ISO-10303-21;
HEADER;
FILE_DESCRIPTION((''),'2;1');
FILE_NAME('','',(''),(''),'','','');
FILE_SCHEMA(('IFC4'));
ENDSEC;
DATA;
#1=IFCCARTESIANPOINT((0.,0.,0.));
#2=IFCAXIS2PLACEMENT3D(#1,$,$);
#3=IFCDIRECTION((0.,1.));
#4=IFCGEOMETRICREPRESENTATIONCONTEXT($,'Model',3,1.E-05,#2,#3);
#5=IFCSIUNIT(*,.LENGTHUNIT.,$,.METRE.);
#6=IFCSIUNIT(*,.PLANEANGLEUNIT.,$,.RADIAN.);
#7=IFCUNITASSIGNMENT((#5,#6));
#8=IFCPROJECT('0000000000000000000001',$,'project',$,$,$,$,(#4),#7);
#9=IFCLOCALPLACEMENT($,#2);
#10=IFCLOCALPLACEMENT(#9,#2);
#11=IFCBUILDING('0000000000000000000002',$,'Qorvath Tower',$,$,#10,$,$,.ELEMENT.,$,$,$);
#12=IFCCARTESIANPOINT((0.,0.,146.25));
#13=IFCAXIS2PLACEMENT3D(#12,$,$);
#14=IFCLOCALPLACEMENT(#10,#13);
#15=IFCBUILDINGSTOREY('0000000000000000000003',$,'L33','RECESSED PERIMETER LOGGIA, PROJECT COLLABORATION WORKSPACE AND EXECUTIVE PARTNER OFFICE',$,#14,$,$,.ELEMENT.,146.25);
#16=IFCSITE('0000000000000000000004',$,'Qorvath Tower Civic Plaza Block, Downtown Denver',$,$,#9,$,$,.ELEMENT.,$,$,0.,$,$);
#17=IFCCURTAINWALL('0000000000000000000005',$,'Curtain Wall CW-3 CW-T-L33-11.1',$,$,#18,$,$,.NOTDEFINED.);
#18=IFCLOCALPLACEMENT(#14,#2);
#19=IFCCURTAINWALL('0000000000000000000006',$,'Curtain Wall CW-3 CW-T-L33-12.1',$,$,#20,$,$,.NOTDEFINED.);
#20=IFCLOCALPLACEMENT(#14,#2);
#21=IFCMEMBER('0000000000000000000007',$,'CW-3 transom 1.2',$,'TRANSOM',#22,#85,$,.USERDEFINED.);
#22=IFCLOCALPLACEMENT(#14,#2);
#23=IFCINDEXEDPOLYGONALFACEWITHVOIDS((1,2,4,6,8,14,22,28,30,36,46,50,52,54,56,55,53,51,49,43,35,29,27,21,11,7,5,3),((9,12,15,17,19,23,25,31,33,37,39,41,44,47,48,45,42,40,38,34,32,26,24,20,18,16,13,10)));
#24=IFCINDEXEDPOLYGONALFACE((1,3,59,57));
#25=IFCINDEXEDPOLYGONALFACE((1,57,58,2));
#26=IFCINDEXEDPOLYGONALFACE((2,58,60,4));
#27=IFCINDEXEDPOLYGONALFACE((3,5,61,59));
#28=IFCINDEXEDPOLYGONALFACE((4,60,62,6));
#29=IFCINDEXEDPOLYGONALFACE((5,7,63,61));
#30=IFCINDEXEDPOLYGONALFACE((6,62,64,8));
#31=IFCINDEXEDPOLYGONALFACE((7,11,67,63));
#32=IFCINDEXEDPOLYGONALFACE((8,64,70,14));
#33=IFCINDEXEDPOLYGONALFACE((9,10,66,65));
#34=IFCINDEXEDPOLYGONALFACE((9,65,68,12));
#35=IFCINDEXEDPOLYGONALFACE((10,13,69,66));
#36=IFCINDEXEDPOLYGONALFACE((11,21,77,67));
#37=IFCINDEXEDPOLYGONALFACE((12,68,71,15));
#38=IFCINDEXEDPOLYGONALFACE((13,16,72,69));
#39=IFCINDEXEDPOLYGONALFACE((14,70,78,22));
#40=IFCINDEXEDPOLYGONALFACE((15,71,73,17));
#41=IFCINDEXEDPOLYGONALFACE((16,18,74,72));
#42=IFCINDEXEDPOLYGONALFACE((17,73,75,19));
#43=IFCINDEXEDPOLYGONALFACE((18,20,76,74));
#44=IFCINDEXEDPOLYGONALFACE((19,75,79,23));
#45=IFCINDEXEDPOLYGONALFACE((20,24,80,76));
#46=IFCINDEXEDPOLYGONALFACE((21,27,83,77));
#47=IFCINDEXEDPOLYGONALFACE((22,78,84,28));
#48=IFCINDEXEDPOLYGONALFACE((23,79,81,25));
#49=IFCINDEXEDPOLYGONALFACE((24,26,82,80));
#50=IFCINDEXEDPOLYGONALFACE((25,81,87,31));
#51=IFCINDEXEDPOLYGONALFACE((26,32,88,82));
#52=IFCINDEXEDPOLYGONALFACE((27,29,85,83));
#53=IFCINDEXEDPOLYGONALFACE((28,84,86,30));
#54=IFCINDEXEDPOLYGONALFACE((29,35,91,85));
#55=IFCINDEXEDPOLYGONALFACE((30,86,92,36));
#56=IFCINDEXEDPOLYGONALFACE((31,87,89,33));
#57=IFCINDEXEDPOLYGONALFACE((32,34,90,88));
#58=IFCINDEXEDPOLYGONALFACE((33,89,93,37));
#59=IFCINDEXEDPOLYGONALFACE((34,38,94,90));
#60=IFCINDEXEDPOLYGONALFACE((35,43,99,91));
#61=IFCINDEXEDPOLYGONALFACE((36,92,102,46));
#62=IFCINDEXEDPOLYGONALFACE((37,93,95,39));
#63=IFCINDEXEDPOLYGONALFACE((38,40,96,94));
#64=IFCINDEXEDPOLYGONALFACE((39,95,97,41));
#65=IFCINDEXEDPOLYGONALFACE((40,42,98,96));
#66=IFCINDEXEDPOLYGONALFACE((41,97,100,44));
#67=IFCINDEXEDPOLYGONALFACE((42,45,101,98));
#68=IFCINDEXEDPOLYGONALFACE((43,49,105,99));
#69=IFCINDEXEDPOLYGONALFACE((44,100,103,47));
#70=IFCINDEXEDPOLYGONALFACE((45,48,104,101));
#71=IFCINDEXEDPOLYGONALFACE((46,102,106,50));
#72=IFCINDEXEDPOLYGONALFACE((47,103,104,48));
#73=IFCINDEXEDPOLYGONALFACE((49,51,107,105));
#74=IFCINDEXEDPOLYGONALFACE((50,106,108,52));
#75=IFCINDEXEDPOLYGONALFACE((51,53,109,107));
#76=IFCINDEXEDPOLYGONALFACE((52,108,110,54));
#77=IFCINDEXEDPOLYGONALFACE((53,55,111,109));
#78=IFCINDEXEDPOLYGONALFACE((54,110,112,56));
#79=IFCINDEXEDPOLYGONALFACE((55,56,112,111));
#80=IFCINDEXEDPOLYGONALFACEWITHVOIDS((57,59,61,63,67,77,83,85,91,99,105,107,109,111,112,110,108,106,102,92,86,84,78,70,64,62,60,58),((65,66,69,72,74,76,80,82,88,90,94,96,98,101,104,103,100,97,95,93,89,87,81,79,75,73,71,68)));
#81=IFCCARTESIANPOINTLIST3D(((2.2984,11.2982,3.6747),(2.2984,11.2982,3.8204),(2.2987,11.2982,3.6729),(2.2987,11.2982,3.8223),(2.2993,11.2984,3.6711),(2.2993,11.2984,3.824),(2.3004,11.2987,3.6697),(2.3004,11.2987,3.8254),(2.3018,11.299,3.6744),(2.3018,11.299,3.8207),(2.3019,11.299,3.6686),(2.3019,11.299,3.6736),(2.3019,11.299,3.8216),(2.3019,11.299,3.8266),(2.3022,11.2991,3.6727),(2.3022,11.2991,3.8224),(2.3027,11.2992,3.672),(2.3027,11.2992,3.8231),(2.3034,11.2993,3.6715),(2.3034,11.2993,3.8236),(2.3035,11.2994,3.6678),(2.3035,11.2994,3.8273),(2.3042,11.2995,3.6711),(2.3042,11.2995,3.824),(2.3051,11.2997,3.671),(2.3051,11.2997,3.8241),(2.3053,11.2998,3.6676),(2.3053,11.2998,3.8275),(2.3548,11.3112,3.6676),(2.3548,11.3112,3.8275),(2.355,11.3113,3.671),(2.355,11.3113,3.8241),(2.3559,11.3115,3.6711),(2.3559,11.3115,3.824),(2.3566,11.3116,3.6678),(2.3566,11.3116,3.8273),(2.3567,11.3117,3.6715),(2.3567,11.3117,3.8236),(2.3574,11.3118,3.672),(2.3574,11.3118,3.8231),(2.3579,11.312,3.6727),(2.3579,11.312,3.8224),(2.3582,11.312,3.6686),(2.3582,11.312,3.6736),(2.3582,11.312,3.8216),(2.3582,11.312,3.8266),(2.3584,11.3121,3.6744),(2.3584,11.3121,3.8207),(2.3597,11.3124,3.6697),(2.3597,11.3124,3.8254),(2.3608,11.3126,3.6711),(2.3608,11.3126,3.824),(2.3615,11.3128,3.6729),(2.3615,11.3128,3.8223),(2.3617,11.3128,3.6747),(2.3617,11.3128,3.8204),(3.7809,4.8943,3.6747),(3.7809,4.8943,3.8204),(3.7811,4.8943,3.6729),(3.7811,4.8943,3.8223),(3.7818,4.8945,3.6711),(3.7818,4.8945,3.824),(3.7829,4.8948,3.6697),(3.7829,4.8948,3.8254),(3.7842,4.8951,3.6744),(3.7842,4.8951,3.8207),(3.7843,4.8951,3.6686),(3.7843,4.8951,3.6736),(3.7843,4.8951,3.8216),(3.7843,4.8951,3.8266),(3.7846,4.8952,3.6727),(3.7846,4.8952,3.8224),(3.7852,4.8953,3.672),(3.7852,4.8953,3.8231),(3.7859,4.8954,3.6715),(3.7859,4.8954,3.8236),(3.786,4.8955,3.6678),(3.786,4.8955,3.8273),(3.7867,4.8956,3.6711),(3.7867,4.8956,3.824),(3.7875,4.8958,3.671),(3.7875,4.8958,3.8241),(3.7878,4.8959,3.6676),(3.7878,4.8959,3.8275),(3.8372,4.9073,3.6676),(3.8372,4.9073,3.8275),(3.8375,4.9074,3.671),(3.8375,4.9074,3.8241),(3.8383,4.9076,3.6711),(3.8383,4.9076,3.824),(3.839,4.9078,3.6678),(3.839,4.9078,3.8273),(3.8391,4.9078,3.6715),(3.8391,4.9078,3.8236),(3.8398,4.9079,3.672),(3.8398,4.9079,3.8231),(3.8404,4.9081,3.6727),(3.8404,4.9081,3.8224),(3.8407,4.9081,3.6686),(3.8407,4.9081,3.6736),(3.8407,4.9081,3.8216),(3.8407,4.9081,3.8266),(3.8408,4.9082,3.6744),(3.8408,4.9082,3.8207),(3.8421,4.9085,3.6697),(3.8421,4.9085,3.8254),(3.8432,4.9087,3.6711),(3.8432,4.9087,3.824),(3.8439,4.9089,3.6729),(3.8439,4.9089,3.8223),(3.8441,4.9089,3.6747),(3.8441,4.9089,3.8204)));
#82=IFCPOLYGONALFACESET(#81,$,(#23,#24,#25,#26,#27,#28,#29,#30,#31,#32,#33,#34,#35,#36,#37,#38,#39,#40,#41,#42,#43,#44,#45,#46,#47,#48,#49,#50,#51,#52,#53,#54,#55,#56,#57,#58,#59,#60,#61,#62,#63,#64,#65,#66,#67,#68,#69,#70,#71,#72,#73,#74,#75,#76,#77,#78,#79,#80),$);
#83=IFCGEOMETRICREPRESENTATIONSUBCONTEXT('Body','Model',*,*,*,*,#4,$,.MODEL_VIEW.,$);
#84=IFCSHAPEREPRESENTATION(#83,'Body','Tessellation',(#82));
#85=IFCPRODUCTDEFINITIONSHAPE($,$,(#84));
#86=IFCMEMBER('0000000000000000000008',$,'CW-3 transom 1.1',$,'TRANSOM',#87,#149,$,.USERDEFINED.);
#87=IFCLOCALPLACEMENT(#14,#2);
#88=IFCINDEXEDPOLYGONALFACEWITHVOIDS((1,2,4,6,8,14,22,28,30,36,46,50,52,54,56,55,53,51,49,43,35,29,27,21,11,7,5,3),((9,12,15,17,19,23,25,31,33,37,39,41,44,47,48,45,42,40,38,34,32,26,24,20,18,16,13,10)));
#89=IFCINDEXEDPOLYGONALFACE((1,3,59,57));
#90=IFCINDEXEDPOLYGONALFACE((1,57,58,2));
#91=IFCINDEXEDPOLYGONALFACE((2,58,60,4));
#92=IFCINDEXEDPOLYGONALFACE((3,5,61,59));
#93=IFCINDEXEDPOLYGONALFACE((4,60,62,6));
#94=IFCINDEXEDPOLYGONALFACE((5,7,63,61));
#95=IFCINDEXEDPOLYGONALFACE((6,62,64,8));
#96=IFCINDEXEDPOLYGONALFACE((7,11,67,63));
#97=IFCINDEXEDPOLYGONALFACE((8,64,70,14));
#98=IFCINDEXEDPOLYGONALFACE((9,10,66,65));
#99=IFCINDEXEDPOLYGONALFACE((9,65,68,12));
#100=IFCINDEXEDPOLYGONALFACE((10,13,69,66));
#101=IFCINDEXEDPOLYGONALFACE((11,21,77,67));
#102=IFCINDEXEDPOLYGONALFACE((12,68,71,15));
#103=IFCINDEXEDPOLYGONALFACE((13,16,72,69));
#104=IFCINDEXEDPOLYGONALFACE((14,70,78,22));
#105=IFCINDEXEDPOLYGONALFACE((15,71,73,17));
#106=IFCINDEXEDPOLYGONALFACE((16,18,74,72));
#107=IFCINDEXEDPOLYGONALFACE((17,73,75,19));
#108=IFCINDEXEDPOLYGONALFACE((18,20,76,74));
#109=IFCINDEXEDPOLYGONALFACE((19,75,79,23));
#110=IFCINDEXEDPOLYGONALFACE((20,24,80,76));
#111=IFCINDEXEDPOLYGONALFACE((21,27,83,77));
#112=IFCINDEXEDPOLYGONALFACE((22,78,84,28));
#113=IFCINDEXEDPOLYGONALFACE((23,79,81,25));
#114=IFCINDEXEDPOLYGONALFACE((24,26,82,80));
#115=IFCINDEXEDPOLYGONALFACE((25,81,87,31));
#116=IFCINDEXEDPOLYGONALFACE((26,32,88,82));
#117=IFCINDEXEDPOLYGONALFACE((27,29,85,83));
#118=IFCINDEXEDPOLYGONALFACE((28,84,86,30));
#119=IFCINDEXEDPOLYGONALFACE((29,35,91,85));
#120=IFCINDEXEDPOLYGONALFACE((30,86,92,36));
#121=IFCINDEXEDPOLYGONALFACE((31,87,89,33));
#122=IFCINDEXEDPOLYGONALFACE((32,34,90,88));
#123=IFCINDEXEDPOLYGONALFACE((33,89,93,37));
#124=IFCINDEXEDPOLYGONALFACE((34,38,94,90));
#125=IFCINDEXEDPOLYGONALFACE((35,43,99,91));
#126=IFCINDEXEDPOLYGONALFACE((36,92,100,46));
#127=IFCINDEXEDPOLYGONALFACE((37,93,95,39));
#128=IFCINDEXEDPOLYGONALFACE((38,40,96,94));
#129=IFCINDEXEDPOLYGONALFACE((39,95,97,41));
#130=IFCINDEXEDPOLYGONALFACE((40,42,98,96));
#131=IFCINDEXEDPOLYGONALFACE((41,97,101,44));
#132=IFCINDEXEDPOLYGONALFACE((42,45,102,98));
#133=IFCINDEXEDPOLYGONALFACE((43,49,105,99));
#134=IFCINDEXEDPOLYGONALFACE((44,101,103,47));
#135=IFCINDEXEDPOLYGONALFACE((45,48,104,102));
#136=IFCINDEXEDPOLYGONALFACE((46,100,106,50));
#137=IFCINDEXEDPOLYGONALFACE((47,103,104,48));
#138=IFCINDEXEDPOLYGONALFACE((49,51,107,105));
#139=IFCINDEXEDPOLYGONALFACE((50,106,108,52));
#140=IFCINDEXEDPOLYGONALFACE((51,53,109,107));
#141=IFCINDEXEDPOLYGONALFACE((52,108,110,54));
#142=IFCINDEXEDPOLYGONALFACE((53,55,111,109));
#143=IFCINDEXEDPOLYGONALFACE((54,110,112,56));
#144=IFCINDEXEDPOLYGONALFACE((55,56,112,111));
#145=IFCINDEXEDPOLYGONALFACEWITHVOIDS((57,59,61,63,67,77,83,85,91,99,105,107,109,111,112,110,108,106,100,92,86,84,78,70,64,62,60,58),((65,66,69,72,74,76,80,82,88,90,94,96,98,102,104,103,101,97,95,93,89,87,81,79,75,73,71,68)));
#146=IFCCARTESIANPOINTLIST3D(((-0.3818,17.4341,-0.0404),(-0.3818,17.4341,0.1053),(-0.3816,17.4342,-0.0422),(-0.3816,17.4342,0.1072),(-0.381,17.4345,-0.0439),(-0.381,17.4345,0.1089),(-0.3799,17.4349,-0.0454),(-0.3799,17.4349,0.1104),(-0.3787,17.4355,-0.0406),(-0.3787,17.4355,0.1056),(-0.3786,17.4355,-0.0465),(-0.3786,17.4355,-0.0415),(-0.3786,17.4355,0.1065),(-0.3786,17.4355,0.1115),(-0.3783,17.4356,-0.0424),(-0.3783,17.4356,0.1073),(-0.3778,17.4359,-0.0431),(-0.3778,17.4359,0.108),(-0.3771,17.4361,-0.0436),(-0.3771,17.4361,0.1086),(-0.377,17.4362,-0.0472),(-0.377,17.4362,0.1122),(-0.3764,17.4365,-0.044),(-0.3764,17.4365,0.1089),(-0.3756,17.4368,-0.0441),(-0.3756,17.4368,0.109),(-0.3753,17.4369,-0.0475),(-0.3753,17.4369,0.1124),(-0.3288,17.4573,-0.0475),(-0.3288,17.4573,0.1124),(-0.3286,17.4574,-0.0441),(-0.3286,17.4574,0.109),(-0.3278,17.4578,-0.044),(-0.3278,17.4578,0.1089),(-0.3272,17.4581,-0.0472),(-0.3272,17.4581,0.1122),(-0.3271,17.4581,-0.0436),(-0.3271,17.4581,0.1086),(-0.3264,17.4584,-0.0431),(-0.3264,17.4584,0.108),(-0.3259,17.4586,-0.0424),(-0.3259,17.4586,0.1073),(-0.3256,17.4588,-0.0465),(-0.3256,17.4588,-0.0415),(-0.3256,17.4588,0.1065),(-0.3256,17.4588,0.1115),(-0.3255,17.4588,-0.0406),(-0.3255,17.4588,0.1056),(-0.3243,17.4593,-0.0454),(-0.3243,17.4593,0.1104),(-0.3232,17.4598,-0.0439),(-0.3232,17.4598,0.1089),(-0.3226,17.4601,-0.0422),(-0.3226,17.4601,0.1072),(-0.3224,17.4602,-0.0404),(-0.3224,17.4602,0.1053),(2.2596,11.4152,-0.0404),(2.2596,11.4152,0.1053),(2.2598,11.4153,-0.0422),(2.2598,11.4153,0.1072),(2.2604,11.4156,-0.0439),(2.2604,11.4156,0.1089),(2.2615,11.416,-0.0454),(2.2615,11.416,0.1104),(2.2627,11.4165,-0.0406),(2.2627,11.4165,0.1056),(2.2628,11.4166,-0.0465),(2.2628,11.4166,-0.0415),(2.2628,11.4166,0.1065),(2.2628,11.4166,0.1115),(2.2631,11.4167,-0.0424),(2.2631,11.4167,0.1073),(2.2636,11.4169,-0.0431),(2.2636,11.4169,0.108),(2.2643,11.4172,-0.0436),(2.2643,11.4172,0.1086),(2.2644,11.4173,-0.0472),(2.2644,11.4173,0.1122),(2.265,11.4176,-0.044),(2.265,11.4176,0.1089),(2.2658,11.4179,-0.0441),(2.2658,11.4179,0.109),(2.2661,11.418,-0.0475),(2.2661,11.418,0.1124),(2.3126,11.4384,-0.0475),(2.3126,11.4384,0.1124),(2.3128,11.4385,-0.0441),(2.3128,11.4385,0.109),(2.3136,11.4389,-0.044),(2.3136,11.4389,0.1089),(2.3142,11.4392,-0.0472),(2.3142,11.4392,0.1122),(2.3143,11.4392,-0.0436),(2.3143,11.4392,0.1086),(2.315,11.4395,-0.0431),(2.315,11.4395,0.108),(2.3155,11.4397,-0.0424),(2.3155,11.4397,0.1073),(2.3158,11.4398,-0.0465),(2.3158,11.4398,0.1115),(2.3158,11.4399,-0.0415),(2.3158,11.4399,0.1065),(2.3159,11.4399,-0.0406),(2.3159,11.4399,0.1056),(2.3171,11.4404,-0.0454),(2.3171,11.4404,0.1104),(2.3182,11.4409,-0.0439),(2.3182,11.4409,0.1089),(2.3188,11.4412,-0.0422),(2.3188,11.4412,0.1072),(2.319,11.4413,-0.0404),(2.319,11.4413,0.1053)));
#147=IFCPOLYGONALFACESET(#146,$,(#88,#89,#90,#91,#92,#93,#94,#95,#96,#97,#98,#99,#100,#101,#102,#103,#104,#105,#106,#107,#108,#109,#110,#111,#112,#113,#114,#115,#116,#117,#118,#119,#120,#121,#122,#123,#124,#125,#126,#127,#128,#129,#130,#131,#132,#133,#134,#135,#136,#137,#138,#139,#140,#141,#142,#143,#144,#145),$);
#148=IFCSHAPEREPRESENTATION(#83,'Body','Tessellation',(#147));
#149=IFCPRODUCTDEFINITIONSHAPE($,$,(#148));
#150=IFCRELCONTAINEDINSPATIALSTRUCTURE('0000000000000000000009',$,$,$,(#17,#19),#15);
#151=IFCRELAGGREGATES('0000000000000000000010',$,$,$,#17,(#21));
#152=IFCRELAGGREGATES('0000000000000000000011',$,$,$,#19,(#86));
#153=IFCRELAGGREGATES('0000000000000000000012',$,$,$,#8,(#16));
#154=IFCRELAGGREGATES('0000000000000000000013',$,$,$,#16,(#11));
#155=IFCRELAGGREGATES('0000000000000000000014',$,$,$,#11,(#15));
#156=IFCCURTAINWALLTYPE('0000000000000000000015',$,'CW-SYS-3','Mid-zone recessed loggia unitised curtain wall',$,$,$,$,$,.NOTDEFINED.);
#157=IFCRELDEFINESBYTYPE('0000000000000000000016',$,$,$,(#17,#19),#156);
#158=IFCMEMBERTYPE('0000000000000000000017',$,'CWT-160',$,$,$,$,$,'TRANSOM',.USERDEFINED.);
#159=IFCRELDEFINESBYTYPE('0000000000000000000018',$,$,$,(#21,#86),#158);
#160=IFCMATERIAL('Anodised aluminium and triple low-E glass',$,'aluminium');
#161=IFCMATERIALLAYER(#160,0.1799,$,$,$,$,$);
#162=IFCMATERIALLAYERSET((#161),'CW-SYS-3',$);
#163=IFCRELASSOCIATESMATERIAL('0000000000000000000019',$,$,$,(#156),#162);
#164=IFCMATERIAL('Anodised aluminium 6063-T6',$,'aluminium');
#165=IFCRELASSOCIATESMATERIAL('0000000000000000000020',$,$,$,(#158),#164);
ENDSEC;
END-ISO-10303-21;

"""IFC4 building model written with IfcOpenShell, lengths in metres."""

from ifc_helpers import new_model, si_unit, direction, frame, origin, origin_2d, place, context, subcontext, project, spatial, hollow_rectangle, extrude, material, layer, layer_set, material_profile, profile_set, type_object, element, aggregate, save


model = new_model("IFC4")

# Units and contexts
model_context = context("Model", 3, precision=1e-05, world=origin(), true_north=direction((0.0, 1.0)))
body_context = subcontext(model_context, "Body", "Model", "MODEL_VIEW")
ifc_project = project(units=[si_unit("LENGTHUNIT", "METRE"), si_unit("PLANEANGLEUNIT", "RADIAN")], contexts=[model_context])

# Site, building, storey
site_placement = place(None, origin())
site = spatial("IfcSite", under=ifc_project, at=site_placement, Name="Qorvath Tower Civic Plaza Block, Downtown Denver", CompositionType="ELEMENT", RefElevation=0.0)
building_placement = place(site_placement, origin())
building = spatial("IfcBuilding", under=site, at=building_placement, Name="Qorvath Tower", CompositionType="ELEMENT")
storey_placement = place(building_placement, frame((0.0, 0.0, 146.25)))
storey = spatial("IfcBuildingStorey", under=building, at=storey_placement, Name="L33", Description="RECESSED PERIMETER LOGGIA, PROJECT COLLABORATION WORKSPACE AND EXECUTIVE PARTNER OFFICE", CompositionType="ELEMENT", Elevation=146.25)

# Curtain walls
ifc_material_1 = material(Name="Anodised aluminium and triple low-E glass", Category="aluminium")
ifc_layer_1 = layer(ifc_material_1, 0.1799)
ifc_layer_set_1 = layer_set([ifc_layer_1], Name="CW-SYS-3")
curtain_wall_type = type_object("IfcCurtainWallType", Name="CW-SYS-3", Description="Mid-zone recessed loggia unitised curtain wall", PredefinedType="NOTDEFINED", material=ifc_layer_set_1)
curtain_wall_1_placement = place(storey_placement, origin())
curtain_wall_1 = element("IfcCurtainWall", 1, at=curtain_wall_1_placement, inside=storey, type_object=curtain_wall_type, Name="Curtain Wall CW-3 CW-T-L33-11.1", PredefinedType="NOTDEFINED")
curtain_wall_2_placement = place(storey_placement, origin())
curtain_wall_2 = element("IfcCurtainWall", 2, at=curtain_wall_2_placement, inside=storey, type_object=curtain_wall_type, Name="Curtain Wall CW-3 CW-T-L33-12.1", PredefinedType="NOTDEFINED")

# Members
ifc_material_2 = material(Name="Anodised aluminium 6063-T6", Category="aluminium")
ifc_material_profile_1 = material_profile(ifc_material_2, hollow_rectangle(XDim=0.0649, YDim=0.1599, WallThickness=0.0034, InnerFilletRadius=0.0034, OuterFilletRadius=0.0071, at=origin_2d()), Name="CWT 160x65")
ifc_profile_set_1 = profile_set([ifc_material_profile_1], Name="Anodised aluminium 6063-T6")
member_type_1 = type_object("IfcMemberType", Name="CWT-160", ElementType="TRANSOM", PredefinedType="USERDEFINED", material=ifc_profile_set_1)
member_1_placement = place(storey_placement, frame((3.8125, 4.9016, 3.7476), z_axis=(-0.225527, 0.974237, 0.0), x_axis=(-0.974237, -0.225527, 0.0)))
member_1 = element("IfcMember", 3, at=member_1_placement, type_object=member_type_1, Name="CW-3 transom 1.2", ObjectType="TRANSOM", PredefinedType="USERDEFINED", context=body_context, shape_type="SweptSolid", body=[
    extrude(hollow_rectangle(XDim=0.0649, YDim=0.1599, WallThickness=0.0034, InnerFilletRadius=0.0034, OuterFilletRadius=0.0071, at=origin_2d()), origin(), (0.0, 0.0, 1.0), 6.5732),
])
member_2_placement = place(storey_placement, frame((2.2893, 11.4282, 0.0325), z_axis=(-0.401857, 0.915702, 0.0), x_axis=(-0.915702, -0.401857, 0.0)))
member_2 = element("IfcMember", 4, at=member_2_placement, type_object=member_type_1, Name="CW-3 transom 1.1", ObjectType="TRANSOM", PredefinedType="USERDEFINED", context=body_context, shape_type="SweptSolid", body=[
    extrude(hollow_rectangle(XDim=0.0649, YDim=0.1599, WallThickness=0.0034, InnerFilletRadius=0.0034, OuterFilletRadius=0.0071, at=origin_2d()), origin(), (0.0, 0.0, 1.0), 6.573),
])

aggregate(curtain_wall_1, [member_1])
aggregate(curtain_wall_2, [member_2])

save(model, "model.ifc")
